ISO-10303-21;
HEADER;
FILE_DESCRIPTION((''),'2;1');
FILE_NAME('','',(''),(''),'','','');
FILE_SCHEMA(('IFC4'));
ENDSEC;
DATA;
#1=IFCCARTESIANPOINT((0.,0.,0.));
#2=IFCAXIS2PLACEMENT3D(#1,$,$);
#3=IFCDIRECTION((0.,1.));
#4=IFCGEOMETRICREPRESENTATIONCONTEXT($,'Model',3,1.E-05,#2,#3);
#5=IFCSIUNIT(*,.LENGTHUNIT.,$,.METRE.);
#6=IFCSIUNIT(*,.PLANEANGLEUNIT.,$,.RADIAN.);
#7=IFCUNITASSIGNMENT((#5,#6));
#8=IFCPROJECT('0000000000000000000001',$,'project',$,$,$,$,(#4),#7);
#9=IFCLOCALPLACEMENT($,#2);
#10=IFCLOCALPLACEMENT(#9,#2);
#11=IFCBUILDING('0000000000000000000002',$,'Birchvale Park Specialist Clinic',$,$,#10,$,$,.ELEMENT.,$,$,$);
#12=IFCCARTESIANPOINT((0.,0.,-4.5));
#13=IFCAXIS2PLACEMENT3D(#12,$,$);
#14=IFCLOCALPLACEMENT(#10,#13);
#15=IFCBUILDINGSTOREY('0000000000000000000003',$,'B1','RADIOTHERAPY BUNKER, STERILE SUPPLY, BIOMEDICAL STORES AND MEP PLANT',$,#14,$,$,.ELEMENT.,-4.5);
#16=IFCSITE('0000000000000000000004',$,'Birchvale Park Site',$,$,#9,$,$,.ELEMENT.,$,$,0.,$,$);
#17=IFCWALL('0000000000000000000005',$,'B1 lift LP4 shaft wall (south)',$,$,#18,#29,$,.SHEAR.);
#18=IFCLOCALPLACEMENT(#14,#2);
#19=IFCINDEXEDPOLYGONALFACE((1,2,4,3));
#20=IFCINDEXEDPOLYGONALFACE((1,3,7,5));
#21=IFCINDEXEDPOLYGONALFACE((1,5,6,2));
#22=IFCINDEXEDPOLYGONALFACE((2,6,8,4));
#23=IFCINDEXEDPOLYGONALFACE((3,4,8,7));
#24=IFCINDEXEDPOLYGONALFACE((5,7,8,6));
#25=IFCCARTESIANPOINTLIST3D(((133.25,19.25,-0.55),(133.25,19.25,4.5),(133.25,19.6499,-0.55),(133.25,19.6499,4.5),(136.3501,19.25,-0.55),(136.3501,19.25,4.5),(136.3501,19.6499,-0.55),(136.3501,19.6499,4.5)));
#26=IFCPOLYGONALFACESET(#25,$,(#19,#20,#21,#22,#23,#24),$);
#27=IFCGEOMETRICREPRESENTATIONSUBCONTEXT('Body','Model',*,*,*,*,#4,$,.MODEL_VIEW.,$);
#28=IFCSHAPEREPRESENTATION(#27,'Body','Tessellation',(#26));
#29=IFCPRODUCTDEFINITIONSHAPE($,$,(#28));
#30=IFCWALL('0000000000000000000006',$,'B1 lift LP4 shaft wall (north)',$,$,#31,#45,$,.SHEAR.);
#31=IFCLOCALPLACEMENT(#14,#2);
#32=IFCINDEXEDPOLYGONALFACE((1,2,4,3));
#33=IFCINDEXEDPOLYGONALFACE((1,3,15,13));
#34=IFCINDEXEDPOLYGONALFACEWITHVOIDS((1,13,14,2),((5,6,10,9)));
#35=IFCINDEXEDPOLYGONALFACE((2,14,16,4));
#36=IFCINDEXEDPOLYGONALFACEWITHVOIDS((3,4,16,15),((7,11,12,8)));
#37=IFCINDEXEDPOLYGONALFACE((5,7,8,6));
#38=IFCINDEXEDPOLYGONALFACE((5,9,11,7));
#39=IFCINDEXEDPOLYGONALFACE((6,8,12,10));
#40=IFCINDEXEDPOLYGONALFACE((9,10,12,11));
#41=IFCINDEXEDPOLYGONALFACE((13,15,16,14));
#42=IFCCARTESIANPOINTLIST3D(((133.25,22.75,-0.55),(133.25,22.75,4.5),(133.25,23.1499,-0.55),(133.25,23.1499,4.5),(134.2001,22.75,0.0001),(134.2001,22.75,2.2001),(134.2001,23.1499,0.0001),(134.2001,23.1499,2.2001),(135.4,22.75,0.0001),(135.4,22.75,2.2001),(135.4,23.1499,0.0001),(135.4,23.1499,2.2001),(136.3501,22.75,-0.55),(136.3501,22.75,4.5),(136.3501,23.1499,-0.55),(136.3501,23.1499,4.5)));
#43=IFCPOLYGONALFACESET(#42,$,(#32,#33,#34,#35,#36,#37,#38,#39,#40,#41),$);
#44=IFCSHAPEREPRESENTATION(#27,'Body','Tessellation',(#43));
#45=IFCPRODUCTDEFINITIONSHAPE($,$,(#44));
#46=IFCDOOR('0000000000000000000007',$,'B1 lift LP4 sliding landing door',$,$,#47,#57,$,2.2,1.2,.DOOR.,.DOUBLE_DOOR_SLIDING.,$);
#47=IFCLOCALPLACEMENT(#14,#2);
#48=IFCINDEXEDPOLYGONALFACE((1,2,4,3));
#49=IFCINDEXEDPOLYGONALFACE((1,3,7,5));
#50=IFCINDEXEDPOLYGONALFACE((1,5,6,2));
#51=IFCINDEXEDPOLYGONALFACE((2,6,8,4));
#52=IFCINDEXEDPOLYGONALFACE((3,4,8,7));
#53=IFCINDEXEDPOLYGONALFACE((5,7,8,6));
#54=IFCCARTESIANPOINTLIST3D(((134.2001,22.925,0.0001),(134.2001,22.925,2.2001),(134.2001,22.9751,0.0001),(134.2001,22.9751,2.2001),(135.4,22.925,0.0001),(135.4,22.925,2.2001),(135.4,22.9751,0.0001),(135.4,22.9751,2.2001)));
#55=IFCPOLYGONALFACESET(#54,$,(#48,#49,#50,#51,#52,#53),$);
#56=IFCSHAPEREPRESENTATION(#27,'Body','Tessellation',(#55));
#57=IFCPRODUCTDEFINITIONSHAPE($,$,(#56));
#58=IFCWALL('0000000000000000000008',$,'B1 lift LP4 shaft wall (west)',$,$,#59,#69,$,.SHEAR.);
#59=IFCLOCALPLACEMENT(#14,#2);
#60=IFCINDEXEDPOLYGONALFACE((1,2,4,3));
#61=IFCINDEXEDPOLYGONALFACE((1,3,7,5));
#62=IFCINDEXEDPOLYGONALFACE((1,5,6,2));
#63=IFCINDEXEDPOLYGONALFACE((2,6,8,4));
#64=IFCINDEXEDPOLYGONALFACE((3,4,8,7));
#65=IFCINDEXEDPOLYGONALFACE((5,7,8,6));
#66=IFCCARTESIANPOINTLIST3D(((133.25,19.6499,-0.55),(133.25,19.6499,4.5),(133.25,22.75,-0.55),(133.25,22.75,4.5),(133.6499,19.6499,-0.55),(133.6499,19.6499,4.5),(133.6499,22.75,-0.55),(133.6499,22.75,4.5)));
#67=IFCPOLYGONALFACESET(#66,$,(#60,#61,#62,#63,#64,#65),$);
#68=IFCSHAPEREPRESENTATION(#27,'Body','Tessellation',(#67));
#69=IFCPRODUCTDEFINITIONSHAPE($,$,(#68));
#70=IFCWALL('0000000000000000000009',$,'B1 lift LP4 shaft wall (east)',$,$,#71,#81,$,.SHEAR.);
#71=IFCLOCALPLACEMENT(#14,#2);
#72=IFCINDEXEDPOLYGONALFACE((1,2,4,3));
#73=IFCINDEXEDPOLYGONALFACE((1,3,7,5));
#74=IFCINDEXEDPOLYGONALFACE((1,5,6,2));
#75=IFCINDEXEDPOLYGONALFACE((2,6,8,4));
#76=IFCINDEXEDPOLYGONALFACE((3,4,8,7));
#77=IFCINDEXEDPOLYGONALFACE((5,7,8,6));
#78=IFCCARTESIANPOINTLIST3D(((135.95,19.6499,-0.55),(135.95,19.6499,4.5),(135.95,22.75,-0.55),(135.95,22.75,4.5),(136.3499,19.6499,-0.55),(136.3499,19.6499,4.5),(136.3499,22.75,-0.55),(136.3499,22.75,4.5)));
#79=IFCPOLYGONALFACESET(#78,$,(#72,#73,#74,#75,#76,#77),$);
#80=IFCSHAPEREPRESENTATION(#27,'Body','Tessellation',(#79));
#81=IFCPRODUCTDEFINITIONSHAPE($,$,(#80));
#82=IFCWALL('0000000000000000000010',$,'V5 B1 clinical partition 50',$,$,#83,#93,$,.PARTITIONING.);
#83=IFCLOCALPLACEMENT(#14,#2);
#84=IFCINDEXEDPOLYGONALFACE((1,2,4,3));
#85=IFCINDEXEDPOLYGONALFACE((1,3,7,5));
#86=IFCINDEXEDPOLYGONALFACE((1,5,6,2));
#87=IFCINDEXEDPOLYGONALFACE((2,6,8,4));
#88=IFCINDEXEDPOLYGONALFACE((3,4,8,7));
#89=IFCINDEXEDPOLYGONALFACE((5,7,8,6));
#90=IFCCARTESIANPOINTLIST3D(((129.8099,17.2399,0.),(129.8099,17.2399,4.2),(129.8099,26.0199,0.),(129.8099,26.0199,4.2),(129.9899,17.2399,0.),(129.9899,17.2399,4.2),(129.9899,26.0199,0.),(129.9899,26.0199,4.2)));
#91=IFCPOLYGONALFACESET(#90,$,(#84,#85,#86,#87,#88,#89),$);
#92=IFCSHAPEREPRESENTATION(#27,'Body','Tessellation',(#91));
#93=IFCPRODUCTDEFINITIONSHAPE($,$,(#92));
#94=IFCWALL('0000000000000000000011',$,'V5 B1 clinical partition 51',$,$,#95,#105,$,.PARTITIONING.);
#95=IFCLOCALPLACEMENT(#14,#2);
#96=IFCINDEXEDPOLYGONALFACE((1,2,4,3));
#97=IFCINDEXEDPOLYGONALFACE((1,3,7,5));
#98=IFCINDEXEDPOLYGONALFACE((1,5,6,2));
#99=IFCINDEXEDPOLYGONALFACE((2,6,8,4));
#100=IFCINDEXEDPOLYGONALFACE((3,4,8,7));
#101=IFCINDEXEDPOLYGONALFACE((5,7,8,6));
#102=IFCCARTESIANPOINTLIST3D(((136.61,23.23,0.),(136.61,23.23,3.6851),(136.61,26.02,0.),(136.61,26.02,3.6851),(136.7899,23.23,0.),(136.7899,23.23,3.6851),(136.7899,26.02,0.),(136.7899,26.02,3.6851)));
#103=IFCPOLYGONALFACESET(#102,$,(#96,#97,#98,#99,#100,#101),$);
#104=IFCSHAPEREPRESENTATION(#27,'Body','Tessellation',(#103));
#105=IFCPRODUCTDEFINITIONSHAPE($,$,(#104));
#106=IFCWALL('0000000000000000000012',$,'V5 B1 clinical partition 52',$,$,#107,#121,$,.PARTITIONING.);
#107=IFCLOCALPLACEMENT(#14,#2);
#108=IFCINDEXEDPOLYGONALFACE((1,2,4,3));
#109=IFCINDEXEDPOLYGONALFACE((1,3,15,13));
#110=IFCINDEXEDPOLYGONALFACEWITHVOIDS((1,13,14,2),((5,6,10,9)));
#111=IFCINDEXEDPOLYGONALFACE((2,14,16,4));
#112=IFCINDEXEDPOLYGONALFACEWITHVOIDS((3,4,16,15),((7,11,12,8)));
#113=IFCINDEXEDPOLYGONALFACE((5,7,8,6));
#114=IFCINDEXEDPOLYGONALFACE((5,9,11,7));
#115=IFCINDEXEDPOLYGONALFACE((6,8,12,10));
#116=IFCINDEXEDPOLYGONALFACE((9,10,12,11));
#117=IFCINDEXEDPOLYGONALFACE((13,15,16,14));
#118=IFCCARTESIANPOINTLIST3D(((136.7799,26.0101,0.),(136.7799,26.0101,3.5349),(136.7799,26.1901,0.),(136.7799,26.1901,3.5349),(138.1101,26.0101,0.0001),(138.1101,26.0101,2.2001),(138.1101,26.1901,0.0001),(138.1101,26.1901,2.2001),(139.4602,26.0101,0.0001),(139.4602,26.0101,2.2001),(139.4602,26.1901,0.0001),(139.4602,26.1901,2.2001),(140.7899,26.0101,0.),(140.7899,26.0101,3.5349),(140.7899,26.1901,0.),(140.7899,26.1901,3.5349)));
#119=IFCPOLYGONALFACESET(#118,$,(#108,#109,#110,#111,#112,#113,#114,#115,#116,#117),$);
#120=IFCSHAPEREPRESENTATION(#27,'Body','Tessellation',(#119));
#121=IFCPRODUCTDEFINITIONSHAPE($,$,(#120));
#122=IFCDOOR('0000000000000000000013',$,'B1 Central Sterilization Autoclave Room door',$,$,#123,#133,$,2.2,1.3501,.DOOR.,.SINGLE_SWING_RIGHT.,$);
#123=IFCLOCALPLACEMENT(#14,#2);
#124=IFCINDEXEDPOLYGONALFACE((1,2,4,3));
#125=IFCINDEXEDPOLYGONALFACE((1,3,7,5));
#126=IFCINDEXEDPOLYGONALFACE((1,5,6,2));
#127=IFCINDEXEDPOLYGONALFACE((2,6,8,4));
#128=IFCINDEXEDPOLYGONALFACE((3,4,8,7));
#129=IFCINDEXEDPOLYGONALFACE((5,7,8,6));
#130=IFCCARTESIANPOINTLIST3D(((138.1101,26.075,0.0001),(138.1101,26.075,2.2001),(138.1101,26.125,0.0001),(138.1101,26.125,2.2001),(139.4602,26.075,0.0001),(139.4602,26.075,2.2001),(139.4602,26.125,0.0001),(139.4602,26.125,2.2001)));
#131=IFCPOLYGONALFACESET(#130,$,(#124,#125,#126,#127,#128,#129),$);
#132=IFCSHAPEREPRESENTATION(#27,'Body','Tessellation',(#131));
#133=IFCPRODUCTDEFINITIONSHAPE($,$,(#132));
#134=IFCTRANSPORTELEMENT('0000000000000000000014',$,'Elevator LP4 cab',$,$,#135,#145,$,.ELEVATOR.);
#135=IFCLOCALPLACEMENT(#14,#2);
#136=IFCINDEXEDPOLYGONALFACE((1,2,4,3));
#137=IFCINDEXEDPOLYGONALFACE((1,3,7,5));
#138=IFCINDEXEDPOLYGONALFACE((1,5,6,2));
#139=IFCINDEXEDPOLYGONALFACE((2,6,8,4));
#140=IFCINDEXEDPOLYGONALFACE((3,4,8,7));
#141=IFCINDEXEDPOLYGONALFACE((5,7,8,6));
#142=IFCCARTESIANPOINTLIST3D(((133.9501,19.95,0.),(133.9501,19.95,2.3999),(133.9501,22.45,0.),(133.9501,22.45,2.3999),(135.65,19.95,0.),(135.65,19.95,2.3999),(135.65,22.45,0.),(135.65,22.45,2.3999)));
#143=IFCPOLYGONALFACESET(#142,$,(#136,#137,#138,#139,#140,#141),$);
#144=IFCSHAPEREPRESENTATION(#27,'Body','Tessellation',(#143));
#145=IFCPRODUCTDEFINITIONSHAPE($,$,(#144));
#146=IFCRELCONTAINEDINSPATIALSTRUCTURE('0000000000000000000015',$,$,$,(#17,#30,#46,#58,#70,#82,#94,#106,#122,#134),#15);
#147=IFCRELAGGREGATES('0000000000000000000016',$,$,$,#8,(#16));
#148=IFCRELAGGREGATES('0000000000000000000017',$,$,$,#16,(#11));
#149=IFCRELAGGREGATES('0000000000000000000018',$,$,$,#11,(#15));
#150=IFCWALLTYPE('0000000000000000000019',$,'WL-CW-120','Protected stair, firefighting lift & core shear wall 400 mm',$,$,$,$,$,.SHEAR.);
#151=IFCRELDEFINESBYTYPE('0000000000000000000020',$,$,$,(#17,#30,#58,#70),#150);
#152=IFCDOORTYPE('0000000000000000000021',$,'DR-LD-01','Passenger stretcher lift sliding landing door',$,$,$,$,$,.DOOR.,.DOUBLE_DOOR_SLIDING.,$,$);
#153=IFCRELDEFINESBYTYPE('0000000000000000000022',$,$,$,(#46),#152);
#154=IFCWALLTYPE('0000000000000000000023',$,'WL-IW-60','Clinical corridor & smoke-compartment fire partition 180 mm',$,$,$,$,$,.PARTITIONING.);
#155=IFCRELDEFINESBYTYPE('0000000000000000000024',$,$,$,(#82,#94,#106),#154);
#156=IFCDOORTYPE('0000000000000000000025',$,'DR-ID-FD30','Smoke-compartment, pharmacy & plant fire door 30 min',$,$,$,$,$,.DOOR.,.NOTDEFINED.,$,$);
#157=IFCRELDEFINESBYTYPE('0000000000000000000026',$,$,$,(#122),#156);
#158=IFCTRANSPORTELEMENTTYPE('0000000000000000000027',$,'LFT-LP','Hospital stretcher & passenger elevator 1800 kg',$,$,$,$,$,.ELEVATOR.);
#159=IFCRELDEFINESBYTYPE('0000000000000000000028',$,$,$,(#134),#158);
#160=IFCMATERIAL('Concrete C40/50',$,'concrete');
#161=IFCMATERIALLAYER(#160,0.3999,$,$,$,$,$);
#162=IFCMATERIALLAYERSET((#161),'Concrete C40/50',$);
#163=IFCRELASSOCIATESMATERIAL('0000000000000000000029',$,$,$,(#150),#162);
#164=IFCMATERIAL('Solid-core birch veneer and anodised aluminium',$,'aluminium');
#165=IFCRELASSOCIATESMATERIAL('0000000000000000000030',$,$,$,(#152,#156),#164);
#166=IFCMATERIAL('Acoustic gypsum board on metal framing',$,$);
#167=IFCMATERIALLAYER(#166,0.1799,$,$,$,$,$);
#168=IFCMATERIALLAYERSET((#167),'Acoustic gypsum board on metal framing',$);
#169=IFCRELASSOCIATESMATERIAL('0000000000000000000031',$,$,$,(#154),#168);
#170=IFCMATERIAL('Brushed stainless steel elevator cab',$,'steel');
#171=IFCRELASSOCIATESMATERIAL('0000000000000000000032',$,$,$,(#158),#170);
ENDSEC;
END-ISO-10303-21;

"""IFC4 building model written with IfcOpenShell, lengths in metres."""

from ifc_helpers import new_model, si_unit, direction, frame, frame_2d, origin, origin_2d, place, context, subcontext, project, spatial, rectangle, extrude, material, layer, layer_set, type_object, element, fill, save


model = new_model("IFC4")

# Units and contexts
model_context = context("Model", 3, precision=1e-05, world=origin(), true_north=direction((0.0, 1.0)))
body_context = subcontext(model_context, "Body", "Model", "MODEL_VIEW")
ifc_project = project(units=[si_unit("LENGTHUNIT", "METRE"), si_unit("PLANEANGLEUNIT", "RADIAN")], contexts=[model_context])

# Site, building, storey
site_placement = place(None, origin())
site = spatial("IfcSite", under=ifc_project, at=site_placement, Name="Birchvale Park Site", CompositionType="ELEMENT", RefElevation=0.0)
building_placement = place(site_placement, origin())
building = spatial("IfcBuilding", under=site, at=building_placement, Name="Birchvale Park Specialist Clinic", CompositionType="ELEMENT")
storey_placement = place(building_placement, frame((0.0, 0.0, -4.5)))
storey = spatial("IfcBuildingStorey", under=building, at=storey_placement, Name="B1", Description="RADIOTHERAPY BUNKER, STERILE SUPPLY, BIOMEDICAL STORES AND MEP PLANT", CompositionType="ELEMENT", Elevation=-4.5)

# Shared definitions
ifc_material_1 = material(Name="Concrete C40/50", Category="concrete")

# Wall
ifc_layer_1 = layer(ifc_material_1, 0.3999)
ifc_layer_set_1 = layer_set([ifc_layer_1], Name="Concrete C40/50")
wall_type_1 = type_object("IfcWallType", Name="WL-CW-120", Description="Protected stair, firefighting lift & core shear wall 400 mm", PredefinedType="SHEAR", material=ifc_layer_set_1)
wall_1_placement = place(storey_placement, frame((133.25, 19.45, -0.55), z_axis=(0.0, 0.0, 1.0), x_axis=(1.0, 0.0, 0.0)))
element("IfcWall", 1, at=wall_1_placement, inside=storey, type_object=wall_type_1, Name="B1 lift LP4 shaft wall (south)", PredefinedType="SHEAR", context=body_context, shape_type="SweptSolid", body=[
    extrude(rectangle(XDim=3.1001, YDim=0.3999, at=frame_2d((1.55, 0.0))), origin(), (0.0, 0.0, 1.0), 5.05),
])

# Wall, opening, door
wall_2_placement = place(storey_placement, frame((136.3501, 22.95, -0.55), z_axis=(0.0, 0.0, 1.0), x_axis=(-1.0, 0.0, 0.0)))
wall_2 = element("IfcWall", 2, at=wall_2_placement, inside=storey, type_object=wall_type_1, Name="B1 lift LP4 shaft wall (north)", PredefinedType="SHEAR", context=body_context, shape_type="SweptSolid", body=[
    extrude(rectangle(XDim=3.1001, YDim=0.3999, at=frame_2d((1.55, 0.0))), origin(), (0.0, 0.0, 1.0), 5.05),
])
opening_1_placement = place(wall_2_placement, frame((0.95, 0.0, 0.55)))
opening_1 = element("IfcOpeningElement", 3, at=opening_1_placement, cuts=wall_2, PredefinedType="OPENING", context=body_context, shape_type="SweptSolid", body=[
    extrude(rectangle(XDim=1.2, YDim=2.2, at=frame_2d((0.6001, 1.1001))), frame((0.0, 0.21, 0.0), z_axis=(0.0, -1.0, 0.0), x_axis=(1.0, 0.0, 0.0)), (0.0, 0.0, 1.0), 0.4199),
])
ifc_material_2 = material(Name="Solid-core birch veneer and anodised aluminium", Category="aluminium")
door_type_1 = type_object("IfcDoorType", Name="DR-LD-01", Description="Passenger stretcher lift sliding landing door", OperationType="DOUBLE_DOOR_SLIDING", PredefinedType="DOOR", material=ifc_material_2)
door_1_placement = place(opening_1_placement, origin())
door_1 = element("IfcDoor", 4, at=door_1_placement, inside=storey, type_object=door_type_1, Name="B1 lift LP4 sliding landing door", OperationType="DOUBLE_DOOR_SLIDING", OverallHeight=2.2, OverallWidth=1.2, PredefinedType="DOOR", context=body_context, shape_type="SweptSolid", body=[
    extrude(rectangle(XDim=1.2, YDim=2.2, at=frame_2d((0.6001, 1.1001))), frame((0.0, 0.0249, 0.0), z_axis=(0.0, -1.0, 0.0), x_axis=(1.0, 0.0, 0.0)), (0.0, 0.0, 1.0), 0.05),
])
fill(opening_1, door_1)

# Walls
for number, where, z_axis, x_axis, name in (
    (5, (133.45, 19.6499, -0.55), (0.0, 0.0, 1.0), (0.0, 1.0, 0.0), "B1 lift LP4 shaft wall (west)"),
    (6, (136.1499, 22.75, -0.55), (0.0, 0.0, 1.0), (0.0, -1.0, 0.0), "B1 lift LP4 shaft wall (east)"),
):
    element("IfcWall", number, at=place(storey_placement, frame(where, z_axis=z_axis, x_axis=x_axis)), inside=storey, type_object=wall_type_1, Name=name, PredefinedType="SHEAR", context=body_context, shape_type="SweptSolid", body=[
        extrude(rectangle(XDim=3.1001, YDim=0.3999, at=frame_2d((1.55, 0.0))), origin(), (0.0, 0.0, 1.0), 5.05),
    ])
ifc_material_3 = material(Name="Acoustic gypsum board on metal framing")
ifc_layer_2 = layer(ifc_material_3, 0.1799)
ifc_layer_set_2 = layer_set([ifc_layer_2], Name="Acoustic gypsum board on metal framing")
wall_type_2 = type_object("IfcWallType", Name="WL-IW-60", Description="Clinical corridor & smoke-compartment fire partition 180 mm", PredefinedType="PARTITIONING", material=ifc_layer_set_2)
wall_3_placement = place(storey_placement, frame((129.8999, 26.02, 0.0), z_axis=(0.0, 0.0, 1.0), x_axis=(0.0, -1.0, 0.0)))
element("IfcWall", 7, at=wall_3_placement, inside=storey, type_object=wall_type_2, Name="V5 B1 clinical partition 50", PredefinedType="PARTITIONING", context=body_context, shape_type="SweptSolid", body=[
    extrude(rectangle(XDim=8.78, YDim=0.1799, at=frame_2d((4.3901, 0.0))), origin(), (0.0, 0.0, 1.0), 4.2),
])
wall_4_placement = place(storey_placement, frame((136.7, 23.23, 0.0), z_axis=(0.0, 0.0, 1.0), x_axis=(0.0, 1.0, 0.0)))
element("IfcWall", 8, at=wall_4_placement, inside=storey, type_object=wall_type_2, Name="V5 B1 clinical partition 51", PredefinedType="PARTITIONING", context=body_context, shape_type="SweptSolid", body=[
    extrude(rectangle(XDim=2.79, YDim=0.1799, at=frame_2d((1.395, 0.0))), origin(), (0.0, 0.0, 1.0), 3.6851),
])

# Wall, opening, door
wall_5_placement = place(storey_placement, frame((136.78, 26.1001, 0.0), z_axis=(0.0, 0.0, 1.0), x_axis=(1.0, 0.0, 0.0)))
wall_5 = element("IfcWall", 9, at=wall_5_placement, inside=storey, type_object=wall_type_2, Name="V5 B1 clinical partition 52", PredefinedType="PARTITIONING", context=body_context, shape_type="SweptSolid", body=[
    extrude(rectangle(XDim=4.01, YDim=0.1799, at=frame_2d((2.0049, 0.0))), origin(), (0.0, 0.0, 1.0), 3.5349),
])
opening_2_placement = place(wall_5_placement, frame((1.3301, 0.0, 0.0)))
opening_2 = element("IfcOpeningElement", 10, at=opening_2_placement, cuts=wall_5, PredefinedType="OPENING", context=body_context, shape_type="SweptSolid", body=[
    extrude(rectangle(XDim=1.3501, YDim=2.2, at=frame_2d((0.675, 1.1001))), frame((0.0, 0.1001, 0.0), z_axis=(0.0, -1.0, 0.0), x_axis=(1.0, 0.0, 0.0)), (0.0, 0.0, 1.0), 0.2),
])
door_type_2 = type_object("IfcDoorType", Name="DR-ID-FD30", Description="Smoke-compartment, pharmacy & plant fire door 30 min", OperationType="NOTDEFINED", PredefinedType="DOOR", material=ifc_material_2)
door_2_placement = place(opening_2_placement, origin())
door_2 = element("IfcDoor", 11, at=door_2_placement, inside=storey, type_object=door_type_2, Name="B1 Central Sterilization Autoclave Room door", OperationType="SINGLE_SWING_RIGHT", OverallHeight=2.2, OverallWidth=1.3501, PredefinedType="DOOR", context=body_context, shape_type="SweptSolid", body=[
    extrude(rectangle(XDim=1.3501, YDim=2.2, at=frame_2d((0.675, 1.1001))), frame((0.0, 0.0249, 0.0), z_axis=(0.0, -1.0, 0.0), x_axis=(1.0, 0.0, 0.0)), (0.0, 0.0, 1.0), 0.05),
])
fill(opening_2, door_2)

# Transport element
ifc_material_4 = material(Name="Brushed stainless steel elevator cab", Category="steel")
transport_element_type = type_object("IfcTransportElementType", Name="LFT-LP", Description="Hospital stretcher & passenger elevator 1800 kg", PredefinedType="ELEVATOR", material=ifc_material_4)
transport_element_placement = place(storey_placement, frame((134.8, 21.2, 0.0), z_axis=(0.0, 0.0, 1.0), x_axis=(1.0, 0.0, 0.0)))
element("IfcTransportElement", 12, at=transport_element_placement, inside=storey, type_object=transport_element_type, Name="Elevator LP4 cab", PredefinedType="ELEVATOR", context=body_context, shape_type="SweptSolid", body=[
    extrude(rectangle(XDim=1.7, YDim=2.5, at=origin_2d()), origin(), (0.0, 0.0, 1.0), 2.3999),
])

save(model, "model.ifc")
